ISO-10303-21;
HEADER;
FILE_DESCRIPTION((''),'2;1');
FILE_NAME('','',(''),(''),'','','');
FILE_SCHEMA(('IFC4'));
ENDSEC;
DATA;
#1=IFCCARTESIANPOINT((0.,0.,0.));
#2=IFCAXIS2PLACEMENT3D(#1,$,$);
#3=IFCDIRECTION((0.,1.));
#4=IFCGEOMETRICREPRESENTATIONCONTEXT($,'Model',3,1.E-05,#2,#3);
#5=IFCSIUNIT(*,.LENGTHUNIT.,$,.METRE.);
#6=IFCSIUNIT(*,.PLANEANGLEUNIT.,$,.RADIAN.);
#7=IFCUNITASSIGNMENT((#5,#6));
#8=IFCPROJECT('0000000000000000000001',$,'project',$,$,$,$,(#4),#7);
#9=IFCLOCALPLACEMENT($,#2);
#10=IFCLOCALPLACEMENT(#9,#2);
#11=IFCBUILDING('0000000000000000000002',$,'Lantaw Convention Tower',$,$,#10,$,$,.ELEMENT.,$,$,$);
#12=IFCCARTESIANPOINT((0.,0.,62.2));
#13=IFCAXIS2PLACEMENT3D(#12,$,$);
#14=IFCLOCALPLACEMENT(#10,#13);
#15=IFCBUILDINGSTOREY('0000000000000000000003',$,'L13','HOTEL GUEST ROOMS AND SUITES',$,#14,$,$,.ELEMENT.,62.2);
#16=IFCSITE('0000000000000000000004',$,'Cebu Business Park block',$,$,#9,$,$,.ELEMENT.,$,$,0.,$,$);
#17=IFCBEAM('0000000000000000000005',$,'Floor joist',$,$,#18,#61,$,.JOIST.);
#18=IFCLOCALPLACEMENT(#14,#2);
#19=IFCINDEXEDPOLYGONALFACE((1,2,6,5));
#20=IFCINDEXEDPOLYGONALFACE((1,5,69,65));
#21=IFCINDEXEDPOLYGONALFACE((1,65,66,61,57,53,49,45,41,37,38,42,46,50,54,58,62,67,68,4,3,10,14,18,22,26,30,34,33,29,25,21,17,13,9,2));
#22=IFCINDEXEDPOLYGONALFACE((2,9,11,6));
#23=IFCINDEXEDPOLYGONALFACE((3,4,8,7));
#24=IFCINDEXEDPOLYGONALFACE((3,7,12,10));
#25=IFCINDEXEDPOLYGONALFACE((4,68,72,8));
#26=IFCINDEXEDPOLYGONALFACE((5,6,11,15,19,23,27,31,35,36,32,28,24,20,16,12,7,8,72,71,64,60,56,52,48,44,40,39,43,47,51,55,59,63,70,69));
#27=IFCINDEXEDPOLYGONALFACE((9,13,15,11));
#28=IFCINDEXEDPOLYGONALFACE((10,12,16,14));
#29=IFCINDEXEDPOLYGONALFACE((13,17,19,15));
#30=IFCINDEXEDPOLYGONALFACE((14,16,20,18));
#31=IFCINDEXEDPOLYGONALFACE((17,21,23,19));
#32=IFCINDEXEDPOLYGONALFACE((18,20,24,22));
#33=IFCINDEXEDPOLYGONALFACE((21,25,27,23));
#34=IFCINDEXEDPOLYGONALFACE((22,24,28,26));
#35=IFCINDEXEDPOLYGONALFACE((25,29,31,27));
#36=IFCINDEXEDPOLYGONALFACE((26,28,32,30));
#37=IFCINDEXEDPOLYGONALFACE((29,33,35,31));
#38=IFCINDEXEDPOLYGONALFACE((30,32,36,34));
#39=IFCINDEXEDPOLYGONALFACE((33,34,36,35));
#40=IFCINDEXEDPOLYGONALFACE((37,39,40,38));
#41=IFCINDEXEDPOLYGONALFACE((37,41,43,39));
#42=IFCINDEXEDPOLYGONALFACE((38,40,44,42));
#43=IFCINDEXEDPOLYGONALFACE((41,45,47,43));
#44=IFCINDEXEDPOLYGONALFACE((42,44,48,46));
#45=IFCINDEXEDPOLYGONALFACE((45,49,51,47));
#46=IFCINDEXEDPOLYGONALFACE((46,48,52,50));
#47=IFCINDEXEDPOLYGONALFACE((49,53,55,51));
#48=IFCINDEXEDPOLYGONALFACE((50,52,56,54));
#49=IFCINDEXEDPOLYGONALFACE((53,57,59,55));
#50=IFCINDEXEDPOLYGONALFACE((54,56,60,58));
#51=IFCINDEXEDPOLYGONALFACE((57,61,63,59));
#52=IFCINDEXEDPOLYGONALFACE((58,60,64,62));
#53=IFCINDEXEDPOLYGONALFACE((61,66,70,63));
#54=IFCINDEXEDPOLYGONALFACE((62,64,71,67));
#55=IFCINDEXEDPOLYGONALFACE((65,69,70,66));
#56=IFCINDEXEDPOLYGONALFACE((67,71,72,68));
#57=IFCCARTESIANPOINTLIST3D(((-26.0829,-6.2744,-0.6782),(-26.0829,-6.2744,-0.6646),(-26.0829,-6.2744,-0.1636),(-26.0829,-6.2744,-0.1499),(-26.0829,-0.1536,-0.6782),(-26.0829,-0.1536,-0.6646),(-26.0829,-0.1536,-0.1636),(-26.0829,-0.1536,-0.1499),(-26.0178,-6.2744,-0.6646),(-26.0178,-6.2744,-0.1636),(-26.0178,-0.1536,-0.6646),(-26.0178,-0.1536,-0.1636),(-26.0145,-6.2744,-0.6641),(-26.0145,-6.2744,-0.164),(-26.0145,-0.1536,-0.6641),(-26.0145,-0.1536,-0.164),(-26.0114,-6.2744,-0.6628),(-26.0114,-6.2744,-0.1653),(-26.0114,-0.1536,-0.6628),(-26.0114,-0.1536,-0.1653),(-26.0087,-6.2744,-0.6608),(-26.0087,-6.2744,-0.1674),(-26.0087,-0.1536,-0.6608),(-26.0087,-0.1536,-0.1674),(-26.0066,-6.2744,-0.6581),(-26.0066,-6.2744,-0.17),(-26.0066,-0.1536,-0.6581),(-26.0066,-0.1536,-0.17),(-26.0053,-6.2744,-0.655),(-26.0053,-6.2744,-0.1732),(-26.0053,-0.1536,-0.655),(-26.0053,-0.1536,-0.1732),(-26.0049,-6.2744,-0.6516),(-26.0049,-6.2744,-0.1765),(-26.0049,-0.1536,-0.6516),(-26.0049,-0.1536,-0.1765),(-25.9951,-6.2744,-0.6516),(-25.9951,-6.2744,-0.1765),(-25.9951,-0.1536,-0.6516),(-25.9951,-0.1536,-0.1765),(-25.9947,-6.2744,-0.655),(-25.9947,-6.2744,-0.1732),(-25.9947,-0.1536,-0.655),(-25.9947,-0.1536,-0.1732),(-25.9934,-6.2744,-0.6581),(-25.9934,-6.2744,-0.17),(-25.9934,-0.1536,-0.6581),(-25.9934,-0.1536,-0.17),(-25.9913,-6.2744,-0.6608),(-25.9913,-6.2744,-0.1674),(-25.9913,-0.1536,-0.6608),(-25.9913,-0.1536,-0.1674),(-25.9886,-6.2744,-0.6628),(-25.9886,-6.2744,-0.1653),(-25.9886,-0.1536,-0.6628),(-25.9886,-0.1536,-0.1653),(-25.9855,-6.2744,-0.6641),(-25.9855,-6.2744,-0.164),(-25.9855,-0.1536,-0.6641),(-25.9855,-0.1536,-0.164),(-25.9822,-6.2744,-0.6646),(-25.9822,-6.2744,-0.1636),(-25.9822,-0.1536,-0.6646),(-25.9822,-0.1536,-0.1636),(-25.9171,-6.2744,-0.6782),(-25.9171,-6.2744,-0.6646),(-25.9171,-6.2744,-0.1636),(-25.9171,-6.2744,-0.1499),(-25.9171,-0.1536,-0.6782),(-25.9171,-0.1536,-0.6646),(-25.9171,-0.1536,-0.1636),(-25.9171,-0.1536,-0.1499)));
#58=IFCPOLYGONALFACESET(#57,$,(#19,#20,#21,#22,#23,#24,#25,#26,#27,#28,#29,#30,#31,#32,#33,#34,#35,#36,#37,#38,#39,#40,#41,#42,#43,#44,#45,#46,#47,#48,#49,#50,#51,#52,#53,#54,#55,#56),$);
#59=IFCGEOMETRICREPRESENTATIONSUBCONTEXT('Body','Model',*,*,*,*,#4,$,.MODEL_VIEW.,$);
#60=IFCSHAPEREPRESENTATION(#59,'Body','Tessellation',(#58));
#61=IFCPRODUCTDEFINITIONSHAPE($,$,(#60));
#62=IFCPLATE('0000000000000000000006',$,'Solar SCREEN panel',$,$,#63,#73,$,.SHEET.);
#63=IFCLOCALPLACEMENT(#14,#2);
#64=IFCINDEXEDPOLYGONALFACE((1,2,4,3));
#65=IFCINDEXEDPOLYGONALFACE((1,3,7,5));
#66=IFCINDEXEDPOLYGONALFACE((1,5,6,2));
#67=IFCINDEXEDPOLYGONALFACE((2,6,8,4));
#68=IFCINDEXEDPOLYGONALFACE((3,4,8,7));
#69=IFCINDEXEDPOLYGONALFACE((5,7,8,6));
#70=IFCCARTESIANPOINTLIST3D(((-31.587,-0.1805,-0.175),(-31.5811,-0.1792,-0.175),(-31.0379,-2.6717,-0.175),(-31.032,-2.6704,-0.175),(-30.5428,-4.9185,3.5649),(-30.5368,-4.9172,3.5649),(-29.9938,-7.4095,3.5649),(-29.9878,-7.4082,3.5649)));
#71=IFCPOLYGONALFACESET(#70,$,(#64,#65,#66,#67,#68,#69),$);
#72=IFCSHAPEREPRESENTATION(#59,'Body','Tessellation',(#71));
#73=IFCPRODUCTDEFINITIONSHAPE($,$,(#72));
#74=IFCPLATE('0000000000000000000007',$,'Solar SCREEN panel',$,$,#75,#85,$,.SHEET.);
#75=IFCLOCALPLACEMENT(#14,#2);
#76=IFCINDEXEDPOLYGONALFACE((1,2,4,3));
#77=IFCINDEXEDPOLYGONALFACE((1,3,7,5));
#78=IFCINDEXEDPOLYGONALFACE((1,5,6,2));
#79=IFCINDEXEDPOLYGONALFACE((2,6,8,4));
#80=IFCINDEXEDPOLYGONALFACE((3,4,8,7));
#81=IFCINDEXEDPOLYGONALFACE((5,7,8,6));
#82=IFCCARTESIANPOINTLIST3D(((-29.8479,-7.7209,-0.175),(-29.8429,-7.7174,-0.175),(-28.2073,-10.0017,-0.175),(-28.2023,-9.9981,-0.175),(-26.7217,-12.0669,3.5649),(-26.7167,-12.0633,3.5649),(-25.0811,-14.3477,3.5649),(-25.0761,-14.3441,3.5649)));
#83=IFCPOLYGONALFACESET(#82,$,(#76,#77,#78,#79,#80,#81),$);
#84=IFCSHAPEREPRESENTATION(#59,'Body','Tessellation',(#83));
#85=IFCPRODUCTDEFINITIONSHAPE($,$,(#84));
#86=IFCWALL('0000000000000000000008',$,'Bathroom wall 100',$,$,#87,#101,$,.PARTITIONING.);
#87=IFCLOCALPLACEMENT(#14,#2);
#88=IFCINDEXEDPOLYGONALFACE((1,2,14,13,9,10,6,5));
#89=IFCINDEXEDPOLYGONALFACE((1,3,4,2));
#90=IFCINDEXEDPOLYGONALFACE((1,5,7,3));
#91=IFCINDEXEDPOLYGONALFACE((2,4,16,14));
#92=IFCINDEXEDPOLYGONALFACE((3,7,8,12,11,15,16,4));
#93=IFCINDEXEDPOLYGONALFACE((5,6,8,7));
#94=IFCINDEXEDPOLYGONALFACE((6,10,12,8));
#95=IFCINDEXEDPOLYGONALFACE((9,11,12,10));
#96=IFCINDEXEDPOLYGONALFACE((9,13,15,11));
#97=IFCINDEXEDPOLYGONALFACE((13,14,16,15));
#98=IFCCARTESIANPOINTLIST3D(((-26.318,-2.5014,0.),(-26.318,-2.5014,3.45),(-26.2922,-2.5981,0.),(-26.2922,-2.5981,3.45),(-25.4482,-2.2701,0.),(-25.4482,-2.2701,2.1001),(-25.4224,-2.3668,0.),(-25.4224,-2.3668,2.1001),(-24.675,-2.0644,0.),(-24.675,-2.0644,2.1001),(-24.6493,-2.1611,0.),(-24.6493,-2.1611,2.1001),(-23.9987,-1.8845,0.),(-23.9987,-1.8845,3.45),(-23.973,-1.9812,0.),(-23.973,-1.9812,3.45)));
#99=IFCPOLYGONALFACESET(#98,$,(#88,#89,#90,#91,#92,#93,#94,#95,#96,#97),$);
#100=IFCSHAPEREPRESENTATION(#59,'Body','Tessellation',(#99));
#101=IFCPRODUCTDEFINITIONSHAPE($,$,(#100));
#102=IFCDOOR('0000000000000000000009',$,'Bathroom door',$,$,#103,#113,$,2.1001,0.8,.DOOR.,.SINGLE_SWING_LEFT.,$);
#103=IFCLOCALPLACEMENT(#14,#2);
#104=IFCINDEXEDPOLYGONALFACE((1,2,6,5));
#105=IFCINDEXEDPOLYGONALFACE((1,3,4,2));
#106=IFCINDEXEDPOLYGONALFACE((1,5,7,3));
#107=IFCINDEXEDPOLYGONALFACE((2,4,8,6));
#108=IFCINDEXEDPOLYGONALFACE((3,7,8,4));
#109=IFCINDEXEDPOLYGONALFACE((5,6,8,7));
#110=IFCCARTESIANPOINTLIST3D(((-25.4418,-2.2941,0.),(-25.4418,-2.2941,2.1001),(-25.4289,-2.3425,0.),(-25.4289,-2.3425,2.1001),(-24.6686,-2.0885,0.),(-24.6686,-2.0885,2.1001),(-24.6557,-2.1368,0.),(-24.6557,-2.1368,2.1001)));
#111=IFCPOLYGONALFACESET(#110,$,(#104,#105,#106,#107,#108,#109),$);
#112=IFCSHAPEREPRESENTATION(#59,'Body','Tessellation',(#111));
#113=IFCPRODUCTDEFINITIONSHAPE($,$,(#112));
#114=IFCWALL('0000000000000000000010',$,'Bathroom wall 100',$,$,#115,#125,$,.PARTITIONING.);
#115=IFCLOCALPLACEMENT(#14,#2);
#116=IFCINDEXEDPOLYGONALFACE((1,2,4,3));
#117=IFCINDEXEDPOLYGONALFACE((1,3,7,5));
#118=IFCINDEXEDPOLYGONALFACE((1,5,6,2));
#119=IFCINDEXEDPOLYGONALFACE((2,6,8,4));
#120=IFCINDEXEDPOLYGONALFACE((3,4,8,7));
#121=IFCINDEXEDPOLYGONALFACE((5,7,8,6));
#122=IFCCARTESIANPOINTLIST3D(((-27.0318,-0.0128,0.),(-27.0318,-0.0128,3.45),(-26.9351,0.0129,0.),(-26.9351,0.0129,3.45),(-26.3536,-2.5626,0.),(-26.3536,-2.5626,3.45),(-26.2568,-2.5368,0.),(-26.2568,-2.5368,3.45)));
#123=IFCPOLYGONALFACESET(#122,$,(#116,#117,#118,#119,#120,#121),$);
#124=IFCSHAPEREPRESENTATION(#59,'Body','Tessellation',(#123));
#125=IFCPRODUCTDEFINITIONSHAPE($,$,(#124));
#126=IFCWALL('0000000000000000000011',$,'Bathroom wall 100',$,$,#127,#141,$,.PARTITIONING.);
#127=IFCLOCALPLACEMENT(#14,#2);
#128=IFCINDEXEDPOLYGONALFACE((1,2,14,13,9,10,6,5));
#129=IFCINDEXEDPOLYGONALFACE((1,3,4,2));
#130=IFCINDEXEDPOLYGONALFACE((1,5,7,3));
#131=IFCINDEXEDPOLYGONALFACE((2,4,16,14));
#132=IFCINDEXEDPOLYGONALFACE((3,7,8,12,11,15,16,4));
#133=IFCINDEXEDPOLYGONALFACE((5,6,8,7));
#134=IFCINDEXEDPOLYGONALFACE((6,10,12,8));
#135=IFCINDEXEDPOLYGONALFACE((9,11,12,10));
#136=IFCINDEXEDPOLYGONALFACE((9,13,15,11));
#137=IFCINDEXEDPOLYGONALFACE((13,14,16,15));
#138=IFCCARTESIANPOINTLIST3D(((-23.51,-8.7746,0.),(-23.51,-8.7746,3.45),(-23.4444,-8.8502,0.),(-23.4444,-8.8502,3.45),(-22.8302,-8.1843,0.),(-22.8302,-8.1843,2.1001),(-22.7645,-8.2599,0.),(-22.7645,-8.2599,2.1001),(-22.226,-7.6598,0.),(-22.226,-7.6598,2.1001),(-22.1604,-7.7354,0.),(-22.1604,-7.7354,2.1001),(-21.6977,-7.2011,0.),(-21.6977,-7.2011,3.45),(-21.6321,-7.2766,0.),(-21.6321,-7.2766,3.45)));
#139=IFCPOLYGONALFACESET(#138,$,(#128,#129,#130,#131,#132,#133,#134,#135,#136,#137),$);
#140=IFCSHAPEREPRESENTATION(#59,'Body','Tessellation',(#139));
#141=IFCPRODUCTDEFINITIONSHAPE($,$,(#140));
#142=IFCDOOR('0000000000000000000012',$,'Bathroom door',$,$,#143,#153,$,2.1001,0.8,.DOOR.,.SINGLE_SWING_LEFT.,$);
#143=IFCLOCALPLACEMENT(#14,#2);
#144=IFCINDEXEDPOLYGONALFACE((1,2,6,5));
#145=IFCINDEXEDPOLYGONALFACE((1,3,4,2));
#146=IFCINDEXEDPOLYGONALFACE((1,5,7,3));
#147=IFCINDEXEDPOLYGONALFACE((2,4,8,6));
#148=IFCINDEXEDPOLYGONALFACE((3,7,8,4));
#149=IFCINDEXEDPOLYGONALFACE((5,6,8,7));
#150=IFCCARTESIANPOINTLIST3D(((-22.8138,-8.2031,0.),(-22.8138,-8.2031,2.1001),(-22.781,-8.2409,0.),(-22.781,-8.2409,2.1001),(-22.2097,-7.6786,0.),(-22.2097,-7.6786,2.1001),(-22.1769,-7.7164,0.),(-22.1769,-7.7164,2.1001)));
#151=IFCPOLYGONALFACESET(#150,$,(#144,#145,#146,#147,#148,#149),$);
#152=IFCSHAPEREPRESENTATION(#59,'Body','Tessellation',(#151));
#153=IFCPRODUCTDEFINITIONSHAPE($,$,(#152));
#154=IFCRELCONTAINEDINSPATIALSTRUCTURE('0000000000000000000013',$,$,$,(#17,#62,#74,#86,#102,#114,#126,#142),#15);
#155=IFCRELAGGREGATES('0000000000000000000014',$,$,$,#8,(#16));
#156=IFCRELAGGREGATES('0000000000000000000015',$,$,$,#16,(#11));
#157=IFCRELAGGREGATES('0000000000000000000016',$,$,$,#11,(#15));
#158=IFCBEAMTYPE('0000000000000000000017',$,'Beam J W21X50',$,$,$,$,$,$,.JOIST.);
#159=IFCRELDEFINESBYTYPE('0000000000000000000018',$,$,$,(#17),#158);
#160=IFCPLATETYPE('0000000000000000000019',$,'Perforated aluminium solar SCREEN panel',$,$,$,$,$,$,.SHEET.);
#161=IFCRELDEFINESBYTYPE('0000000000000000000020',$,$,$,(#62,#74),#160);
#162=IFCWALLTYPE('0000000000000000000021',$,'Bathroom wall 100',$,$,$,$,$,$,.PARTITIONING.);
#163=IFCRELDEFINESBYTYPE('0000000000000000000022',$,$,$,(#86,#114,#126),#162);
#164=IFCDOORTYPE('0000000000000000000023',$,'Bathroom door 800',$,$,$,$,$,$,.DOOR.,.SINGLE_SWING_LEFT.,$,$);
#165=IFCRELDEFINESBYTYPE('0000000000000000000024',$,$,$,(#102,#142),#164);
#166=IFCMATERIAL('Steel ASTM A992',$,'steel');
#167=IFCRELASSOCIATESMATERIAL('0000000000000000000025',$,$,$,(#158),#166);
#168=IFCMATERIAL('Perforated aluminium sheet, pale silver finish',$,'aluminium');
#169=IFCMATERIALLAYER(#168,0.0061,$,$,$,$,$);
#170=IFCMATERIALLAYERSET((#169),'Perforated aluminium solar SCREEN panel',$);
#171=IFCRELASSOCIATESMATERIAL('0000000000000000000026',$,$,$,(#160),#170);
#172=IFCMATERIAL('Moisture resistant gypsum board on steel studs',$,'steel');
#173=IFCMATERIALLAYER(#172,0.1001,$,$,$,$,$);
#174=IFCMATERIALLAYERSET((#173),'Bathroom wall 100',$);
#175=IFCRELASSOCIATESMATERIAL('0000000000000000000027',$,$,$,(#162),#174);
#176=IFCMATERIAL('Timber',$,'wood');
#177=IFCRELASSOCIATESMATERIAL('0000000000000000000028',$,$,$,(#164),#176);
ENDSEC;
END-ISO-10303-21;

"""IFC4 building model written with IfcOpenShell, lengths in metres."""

from ifc_helpers import new_model, si_unit, direction, frame, frame_2d, origin, origin_2d, place, context, subcontext, project, spatial, polyline, rectangle, i_section, outline, extrude, material, layer, layer_set, material_profile, profile_set, type_object, element, fill, save


model = new_model("IFC4")

# Units and contexts
model_context = context("Model", 3, precision=1e-05, world=origin(), true_north=direction((0.0, 1.0)))
body_context = subcontext(model_context, "Body", "Model", "MODEL_VIEW")
ifc_project = project(units=[si_unit("LENGTHUNIT", "METRE"), si_unit("PLANEANGLEUNIT", "RADIAN")], contexts=[model_context])

# Site, building, storey
site_placement = place(None, origin())
site = spatial("IfcSite", under=ifc_project, at=site_placement, Name="Cebu Business Park block", CompositionType="ELEMENT", RefElevation=0.0)
building_placement = place(site_placement, origin())
building = spatial("IfcBuilding", under=site, at=building_placement, Name="Lantaw Convention Tower", CompositionType="ELEMENT")
storey_placement = place(building_placement, frame((0.0, 0.0, 62.2)))
storey = spatial("IfcBuildingStorey", under=building, at=storey_placement, Name="L13", Description="HOTEL GUEST ROOMS AND SUITES", CompositionType="ELEMENT", Elevation=62.2)

# Beam
ifc_material_1 = material(Name="Steel ASTM A992", Category="steel")
ifc_material_profile_1 = material_profile(ifc_material_1, i_section(OverallWidth=0.1658, OverallDepth=0.5283, WebThickness=0.0098, FlangeThickness=0.0137, FilletRadius=0.0129, at=origin_2d()), Name="W21X50")
ifc_profile_set_1 = profile_set([ifc_material_profile_1], Name="Steel ASTM A992")
beam_type_1 = type_object("IfcBeamType", Name="Beam J W21X50", PredefinedType="JOIST", material=ifc_profile_set_1)
beam_1_placement = place(storey_placement, frame((-26.0, -6.2744, -0.4141), z_axis=(0.0, 1.0, 0.0), x_axis=(-1.0, 0.0, 0.0)))
element("IfcBeam", 1, at=beam_1_placement, inside=storey, type_object=beam_type_1, Name="Floor joist", PredefinedType="JOIST", context=body_context, shape_type="SweptSolid", body=[
    extrude(i_section(OverallWidth=0.1658, OverallDepth=0.5283, WebThickness=0.0098, FlangeThickness=0.0137, FilletRadius=0.0129, at=origin_2d()), origin(), (0.0, 0.0, 1.0), 6.1208),
])

# Plates
ifc_material_2 = material(Name="Perforated aluminium sheet, pale silver finish", Category="aluminium")
ifc_layer_1 = layer(ifc_material_2, 0.0061)
ifc_layer_set_1 = layer_set([ifc_layer_1], Name="Perforated aluminium solar SCREEN panel")
plate_type = type_object("IfcPlateType", Name="Perforated aluminium solar SCREEN panel", PredefinedType="SHEET", material=ifc_layer_set_1)
plate_1_placement = place(storey_placement, frame((-31.5811, -0.1792, -0.175), z_axis=(0.976559, 0.215248, 0.00003), x_axis=(0.215248, -0.976559, 0.0)))
element("IfcPlate", 2, at=plate_1_placement, inside=storey, type_object=plate_type, Name="Solar SCREEN panel", PredefinedType="SHEET", context=body_context, shape_type="SweptSolid", body=[
    extrude(outline(polyline([(0.0, 0.0), (2.551, 0.0), (7.4025, -3.74), (4.8517, -3.74), (0.0, 0.0)])), origin(), (0.0, 0.0, -1.0), 0.0061),
])
plate_2_placement = place(storey_placement, frame((-29.8479, -7.7209, -0.175), z_axis=(-0.811791, -0.583948, 0.000009), x_axis=(0.583948, -0.811791, 0.0)))
element("IfcPlate", 3, at=plate_2_placement, inside=storey, type_object=plate_type, Name="Solar SCREEN panel", PredefinedType="SHEET", context=body_context, shape_type="SweptSolid", body=[
    extrude(outline(polyline([(0.0, 0.0), (2.8095, 0.0), (8.1631, 3.74), (5.3536, 3.74), (0.0, 0.0)])), origin(), (0.0, 0.0, -1.0), 0.0061),
])

# Wall, opening, door
ifc_material_3 = material(Name="Moisture resistant gypsum board on steel studs", Category="steel")
ifc_layer_2 = layer(ifc_material_3, 0.1001)
ifc_layer_set_2 = layer_set([ifc_layer_2], Name="Bathroom wall 100")
wall_type_1 = type_object("IfcWallType", Name="Bathroom wall 100", PredefinedType="PARTITIONING", material=ifc_layer_set_2)
wall_1_placement = place(storey_placement, frame((-23.9858, -1.9329, 0.0), z_axis=(0.0, 0.0, 1.0), x_axis=(-0.966395, -0.257061, 0.0)))
wall_1 = element("IfcWall", 4, at=wall_1_placement, inside=storey, type_object=wall_type_1, Name="Bathroom wall 100", PredefinedType="PARTITIONING", context=body_context, shape_type="SweptSolid", body=[
    extrude(rectangle(XDim=2.3999, YDim=0.1001, at=frame_2d((1.2, 0.0))), origin(), (0.0, 0.0, 1.0), 3.45),
])
opening_1_placement = place(wall_1_placement, frame((0.7, 0.0, 0.0)))
opening_1 = element("IfcOpeningElement", 5, at=opening_1_placement, cuts=wall_1, PredefinedType="OPENING", context=body_context, shape_type="SweptSolid", body=[
    extrude(rectangle(XDim=0.8, YDim=2.1001, at=frame_2d((0.3999, 1.05))), frame((0.0, 0.0601, 0.0), z_axis=(0.0, -1.0, 0.0), x_axis=(1.0, 0.0, 0.0)), (0.0, 0.0, 1.0), 0.1201),
])
ifc_material_4 = material(Name="Timber", Category="wood")
door_type_1 = type_object("IfcDoorType", Name="Bathroom door 800", OperationType="SINGLE_SWING_LEFT", PredefinedType="DOOR", material=ifc_material_4)
door_1_placement = place(opening_1_placement, origin())
door_1 = element("IfcDoor", 6, at=door_1_placement, inside=storey, type_object=door_type_1, Name="Bathroom door", OperationType="SINGLE_SWING_LEFT", OverallHeight=2.1001, OverallWidth=0.8, PredefinedType="DOOR", context=body_context, shape_type="SweptSolid", body=[
    extrude(rectangle(XDim=0.8, YDim=2.1001, at=frame_2d((0.3999, 1.05))), frame((0.0, 0.0249, 0.0), z_axis=(0.0, -1.0, 0.0), x_axis=(1.0, 0.0, 0.0)), (0.0, 0.0, 1.0), 0.05),
])
fill(opening_1, door_1)

# Wall
wall_2_placement = place(storey_placement, frame((-26.3052, -2.5498, 0.0), z_axis=(0.0, 0.0, 1.0), x_axis=(-0.257052, 0.966398, 0.0)))
element("IfcWall", 7, at=wall_2_placement, inside=storey, type_object=wall_type_1, Name="Bathroom wall 100", PredefinedType="PARTITIONING", context=body_context, shape_type="SweptSolid", body=[
    extrude(rectangle(XDim=2.6384, YDim=0.1001, at=frame_2d((1.3193, 0.0))), origin(), (0.0, 0.0, 1.0), 3.45),
])

# Wall, opening, door
wall_3_placement = place(storey_placement, frame((-21.6648, -7.2388, 0.0), z_axis=(0.0, 0.0, 1.0), x_axis=(-0.755098, -0.655612, 0.0)))
wall_3 = element("IfcWall", 8, at=wall_3_placement, inside=storey, type_object=wall_type_1, Name="Bathroom wall 100", PredefinedType="PARTITIONING", context=body_context, shape_type="SweptSolid", body=[
    extrude(rectangle(XDim=2.4001, YDim=0.1001, at=frame_2d((1.2002, 0.0))), origin(), (0.0, 0.0, 1.0), 3.45),
])
opening_2_placement = place(wall_3_placement, frame((0.7, 0.0, 0.0)))
opening_2 = element("IfcOpeningElement", 9, at=opening_2_placement, cuts=wall_3, PredefinedType="OPENING", context=body_context, shape_type="SweptSolid", body=[
    extrude(rectangle(XDim=0.8, YDim=2.1001, at=frame_2d((0.3999, 1.05))), frame((0.0, 0.0601, 0.0), z_axis=(0.0, -1.0, 0.0), x_axis=(1.0, 0.0, 0.0)), (0.0, 0.0, 1.0), 0.1201),
])
door_2_placement = place(opening_2_placement, origin())
door_2 = element("IfcDoor", 10, at=door_2_placement, inside=storey, type_object=door_type_1, Name="Bathroom door", OperationType="SINGLE_SWING_LEFT", OverallHeight=2.1001, OverallWidth=0.8, PredefinedType="DOOR", context=body_context, shape_type="SweptSolid", body=[
    extrude(rectangle(XDim=0.8, YDim=2.1001, at=frame_2d((0.3999, 1.05))), frame((0.0, 0.0249, 0.0), z_axis=(0.0, -1.0, 0.0), x_axis=(1.0, 0.0, 0.0)), (0.0, 0.0, 1.0), 0.05),
])
fill(opening_2, door_2)

save(model, "model.ifc")
